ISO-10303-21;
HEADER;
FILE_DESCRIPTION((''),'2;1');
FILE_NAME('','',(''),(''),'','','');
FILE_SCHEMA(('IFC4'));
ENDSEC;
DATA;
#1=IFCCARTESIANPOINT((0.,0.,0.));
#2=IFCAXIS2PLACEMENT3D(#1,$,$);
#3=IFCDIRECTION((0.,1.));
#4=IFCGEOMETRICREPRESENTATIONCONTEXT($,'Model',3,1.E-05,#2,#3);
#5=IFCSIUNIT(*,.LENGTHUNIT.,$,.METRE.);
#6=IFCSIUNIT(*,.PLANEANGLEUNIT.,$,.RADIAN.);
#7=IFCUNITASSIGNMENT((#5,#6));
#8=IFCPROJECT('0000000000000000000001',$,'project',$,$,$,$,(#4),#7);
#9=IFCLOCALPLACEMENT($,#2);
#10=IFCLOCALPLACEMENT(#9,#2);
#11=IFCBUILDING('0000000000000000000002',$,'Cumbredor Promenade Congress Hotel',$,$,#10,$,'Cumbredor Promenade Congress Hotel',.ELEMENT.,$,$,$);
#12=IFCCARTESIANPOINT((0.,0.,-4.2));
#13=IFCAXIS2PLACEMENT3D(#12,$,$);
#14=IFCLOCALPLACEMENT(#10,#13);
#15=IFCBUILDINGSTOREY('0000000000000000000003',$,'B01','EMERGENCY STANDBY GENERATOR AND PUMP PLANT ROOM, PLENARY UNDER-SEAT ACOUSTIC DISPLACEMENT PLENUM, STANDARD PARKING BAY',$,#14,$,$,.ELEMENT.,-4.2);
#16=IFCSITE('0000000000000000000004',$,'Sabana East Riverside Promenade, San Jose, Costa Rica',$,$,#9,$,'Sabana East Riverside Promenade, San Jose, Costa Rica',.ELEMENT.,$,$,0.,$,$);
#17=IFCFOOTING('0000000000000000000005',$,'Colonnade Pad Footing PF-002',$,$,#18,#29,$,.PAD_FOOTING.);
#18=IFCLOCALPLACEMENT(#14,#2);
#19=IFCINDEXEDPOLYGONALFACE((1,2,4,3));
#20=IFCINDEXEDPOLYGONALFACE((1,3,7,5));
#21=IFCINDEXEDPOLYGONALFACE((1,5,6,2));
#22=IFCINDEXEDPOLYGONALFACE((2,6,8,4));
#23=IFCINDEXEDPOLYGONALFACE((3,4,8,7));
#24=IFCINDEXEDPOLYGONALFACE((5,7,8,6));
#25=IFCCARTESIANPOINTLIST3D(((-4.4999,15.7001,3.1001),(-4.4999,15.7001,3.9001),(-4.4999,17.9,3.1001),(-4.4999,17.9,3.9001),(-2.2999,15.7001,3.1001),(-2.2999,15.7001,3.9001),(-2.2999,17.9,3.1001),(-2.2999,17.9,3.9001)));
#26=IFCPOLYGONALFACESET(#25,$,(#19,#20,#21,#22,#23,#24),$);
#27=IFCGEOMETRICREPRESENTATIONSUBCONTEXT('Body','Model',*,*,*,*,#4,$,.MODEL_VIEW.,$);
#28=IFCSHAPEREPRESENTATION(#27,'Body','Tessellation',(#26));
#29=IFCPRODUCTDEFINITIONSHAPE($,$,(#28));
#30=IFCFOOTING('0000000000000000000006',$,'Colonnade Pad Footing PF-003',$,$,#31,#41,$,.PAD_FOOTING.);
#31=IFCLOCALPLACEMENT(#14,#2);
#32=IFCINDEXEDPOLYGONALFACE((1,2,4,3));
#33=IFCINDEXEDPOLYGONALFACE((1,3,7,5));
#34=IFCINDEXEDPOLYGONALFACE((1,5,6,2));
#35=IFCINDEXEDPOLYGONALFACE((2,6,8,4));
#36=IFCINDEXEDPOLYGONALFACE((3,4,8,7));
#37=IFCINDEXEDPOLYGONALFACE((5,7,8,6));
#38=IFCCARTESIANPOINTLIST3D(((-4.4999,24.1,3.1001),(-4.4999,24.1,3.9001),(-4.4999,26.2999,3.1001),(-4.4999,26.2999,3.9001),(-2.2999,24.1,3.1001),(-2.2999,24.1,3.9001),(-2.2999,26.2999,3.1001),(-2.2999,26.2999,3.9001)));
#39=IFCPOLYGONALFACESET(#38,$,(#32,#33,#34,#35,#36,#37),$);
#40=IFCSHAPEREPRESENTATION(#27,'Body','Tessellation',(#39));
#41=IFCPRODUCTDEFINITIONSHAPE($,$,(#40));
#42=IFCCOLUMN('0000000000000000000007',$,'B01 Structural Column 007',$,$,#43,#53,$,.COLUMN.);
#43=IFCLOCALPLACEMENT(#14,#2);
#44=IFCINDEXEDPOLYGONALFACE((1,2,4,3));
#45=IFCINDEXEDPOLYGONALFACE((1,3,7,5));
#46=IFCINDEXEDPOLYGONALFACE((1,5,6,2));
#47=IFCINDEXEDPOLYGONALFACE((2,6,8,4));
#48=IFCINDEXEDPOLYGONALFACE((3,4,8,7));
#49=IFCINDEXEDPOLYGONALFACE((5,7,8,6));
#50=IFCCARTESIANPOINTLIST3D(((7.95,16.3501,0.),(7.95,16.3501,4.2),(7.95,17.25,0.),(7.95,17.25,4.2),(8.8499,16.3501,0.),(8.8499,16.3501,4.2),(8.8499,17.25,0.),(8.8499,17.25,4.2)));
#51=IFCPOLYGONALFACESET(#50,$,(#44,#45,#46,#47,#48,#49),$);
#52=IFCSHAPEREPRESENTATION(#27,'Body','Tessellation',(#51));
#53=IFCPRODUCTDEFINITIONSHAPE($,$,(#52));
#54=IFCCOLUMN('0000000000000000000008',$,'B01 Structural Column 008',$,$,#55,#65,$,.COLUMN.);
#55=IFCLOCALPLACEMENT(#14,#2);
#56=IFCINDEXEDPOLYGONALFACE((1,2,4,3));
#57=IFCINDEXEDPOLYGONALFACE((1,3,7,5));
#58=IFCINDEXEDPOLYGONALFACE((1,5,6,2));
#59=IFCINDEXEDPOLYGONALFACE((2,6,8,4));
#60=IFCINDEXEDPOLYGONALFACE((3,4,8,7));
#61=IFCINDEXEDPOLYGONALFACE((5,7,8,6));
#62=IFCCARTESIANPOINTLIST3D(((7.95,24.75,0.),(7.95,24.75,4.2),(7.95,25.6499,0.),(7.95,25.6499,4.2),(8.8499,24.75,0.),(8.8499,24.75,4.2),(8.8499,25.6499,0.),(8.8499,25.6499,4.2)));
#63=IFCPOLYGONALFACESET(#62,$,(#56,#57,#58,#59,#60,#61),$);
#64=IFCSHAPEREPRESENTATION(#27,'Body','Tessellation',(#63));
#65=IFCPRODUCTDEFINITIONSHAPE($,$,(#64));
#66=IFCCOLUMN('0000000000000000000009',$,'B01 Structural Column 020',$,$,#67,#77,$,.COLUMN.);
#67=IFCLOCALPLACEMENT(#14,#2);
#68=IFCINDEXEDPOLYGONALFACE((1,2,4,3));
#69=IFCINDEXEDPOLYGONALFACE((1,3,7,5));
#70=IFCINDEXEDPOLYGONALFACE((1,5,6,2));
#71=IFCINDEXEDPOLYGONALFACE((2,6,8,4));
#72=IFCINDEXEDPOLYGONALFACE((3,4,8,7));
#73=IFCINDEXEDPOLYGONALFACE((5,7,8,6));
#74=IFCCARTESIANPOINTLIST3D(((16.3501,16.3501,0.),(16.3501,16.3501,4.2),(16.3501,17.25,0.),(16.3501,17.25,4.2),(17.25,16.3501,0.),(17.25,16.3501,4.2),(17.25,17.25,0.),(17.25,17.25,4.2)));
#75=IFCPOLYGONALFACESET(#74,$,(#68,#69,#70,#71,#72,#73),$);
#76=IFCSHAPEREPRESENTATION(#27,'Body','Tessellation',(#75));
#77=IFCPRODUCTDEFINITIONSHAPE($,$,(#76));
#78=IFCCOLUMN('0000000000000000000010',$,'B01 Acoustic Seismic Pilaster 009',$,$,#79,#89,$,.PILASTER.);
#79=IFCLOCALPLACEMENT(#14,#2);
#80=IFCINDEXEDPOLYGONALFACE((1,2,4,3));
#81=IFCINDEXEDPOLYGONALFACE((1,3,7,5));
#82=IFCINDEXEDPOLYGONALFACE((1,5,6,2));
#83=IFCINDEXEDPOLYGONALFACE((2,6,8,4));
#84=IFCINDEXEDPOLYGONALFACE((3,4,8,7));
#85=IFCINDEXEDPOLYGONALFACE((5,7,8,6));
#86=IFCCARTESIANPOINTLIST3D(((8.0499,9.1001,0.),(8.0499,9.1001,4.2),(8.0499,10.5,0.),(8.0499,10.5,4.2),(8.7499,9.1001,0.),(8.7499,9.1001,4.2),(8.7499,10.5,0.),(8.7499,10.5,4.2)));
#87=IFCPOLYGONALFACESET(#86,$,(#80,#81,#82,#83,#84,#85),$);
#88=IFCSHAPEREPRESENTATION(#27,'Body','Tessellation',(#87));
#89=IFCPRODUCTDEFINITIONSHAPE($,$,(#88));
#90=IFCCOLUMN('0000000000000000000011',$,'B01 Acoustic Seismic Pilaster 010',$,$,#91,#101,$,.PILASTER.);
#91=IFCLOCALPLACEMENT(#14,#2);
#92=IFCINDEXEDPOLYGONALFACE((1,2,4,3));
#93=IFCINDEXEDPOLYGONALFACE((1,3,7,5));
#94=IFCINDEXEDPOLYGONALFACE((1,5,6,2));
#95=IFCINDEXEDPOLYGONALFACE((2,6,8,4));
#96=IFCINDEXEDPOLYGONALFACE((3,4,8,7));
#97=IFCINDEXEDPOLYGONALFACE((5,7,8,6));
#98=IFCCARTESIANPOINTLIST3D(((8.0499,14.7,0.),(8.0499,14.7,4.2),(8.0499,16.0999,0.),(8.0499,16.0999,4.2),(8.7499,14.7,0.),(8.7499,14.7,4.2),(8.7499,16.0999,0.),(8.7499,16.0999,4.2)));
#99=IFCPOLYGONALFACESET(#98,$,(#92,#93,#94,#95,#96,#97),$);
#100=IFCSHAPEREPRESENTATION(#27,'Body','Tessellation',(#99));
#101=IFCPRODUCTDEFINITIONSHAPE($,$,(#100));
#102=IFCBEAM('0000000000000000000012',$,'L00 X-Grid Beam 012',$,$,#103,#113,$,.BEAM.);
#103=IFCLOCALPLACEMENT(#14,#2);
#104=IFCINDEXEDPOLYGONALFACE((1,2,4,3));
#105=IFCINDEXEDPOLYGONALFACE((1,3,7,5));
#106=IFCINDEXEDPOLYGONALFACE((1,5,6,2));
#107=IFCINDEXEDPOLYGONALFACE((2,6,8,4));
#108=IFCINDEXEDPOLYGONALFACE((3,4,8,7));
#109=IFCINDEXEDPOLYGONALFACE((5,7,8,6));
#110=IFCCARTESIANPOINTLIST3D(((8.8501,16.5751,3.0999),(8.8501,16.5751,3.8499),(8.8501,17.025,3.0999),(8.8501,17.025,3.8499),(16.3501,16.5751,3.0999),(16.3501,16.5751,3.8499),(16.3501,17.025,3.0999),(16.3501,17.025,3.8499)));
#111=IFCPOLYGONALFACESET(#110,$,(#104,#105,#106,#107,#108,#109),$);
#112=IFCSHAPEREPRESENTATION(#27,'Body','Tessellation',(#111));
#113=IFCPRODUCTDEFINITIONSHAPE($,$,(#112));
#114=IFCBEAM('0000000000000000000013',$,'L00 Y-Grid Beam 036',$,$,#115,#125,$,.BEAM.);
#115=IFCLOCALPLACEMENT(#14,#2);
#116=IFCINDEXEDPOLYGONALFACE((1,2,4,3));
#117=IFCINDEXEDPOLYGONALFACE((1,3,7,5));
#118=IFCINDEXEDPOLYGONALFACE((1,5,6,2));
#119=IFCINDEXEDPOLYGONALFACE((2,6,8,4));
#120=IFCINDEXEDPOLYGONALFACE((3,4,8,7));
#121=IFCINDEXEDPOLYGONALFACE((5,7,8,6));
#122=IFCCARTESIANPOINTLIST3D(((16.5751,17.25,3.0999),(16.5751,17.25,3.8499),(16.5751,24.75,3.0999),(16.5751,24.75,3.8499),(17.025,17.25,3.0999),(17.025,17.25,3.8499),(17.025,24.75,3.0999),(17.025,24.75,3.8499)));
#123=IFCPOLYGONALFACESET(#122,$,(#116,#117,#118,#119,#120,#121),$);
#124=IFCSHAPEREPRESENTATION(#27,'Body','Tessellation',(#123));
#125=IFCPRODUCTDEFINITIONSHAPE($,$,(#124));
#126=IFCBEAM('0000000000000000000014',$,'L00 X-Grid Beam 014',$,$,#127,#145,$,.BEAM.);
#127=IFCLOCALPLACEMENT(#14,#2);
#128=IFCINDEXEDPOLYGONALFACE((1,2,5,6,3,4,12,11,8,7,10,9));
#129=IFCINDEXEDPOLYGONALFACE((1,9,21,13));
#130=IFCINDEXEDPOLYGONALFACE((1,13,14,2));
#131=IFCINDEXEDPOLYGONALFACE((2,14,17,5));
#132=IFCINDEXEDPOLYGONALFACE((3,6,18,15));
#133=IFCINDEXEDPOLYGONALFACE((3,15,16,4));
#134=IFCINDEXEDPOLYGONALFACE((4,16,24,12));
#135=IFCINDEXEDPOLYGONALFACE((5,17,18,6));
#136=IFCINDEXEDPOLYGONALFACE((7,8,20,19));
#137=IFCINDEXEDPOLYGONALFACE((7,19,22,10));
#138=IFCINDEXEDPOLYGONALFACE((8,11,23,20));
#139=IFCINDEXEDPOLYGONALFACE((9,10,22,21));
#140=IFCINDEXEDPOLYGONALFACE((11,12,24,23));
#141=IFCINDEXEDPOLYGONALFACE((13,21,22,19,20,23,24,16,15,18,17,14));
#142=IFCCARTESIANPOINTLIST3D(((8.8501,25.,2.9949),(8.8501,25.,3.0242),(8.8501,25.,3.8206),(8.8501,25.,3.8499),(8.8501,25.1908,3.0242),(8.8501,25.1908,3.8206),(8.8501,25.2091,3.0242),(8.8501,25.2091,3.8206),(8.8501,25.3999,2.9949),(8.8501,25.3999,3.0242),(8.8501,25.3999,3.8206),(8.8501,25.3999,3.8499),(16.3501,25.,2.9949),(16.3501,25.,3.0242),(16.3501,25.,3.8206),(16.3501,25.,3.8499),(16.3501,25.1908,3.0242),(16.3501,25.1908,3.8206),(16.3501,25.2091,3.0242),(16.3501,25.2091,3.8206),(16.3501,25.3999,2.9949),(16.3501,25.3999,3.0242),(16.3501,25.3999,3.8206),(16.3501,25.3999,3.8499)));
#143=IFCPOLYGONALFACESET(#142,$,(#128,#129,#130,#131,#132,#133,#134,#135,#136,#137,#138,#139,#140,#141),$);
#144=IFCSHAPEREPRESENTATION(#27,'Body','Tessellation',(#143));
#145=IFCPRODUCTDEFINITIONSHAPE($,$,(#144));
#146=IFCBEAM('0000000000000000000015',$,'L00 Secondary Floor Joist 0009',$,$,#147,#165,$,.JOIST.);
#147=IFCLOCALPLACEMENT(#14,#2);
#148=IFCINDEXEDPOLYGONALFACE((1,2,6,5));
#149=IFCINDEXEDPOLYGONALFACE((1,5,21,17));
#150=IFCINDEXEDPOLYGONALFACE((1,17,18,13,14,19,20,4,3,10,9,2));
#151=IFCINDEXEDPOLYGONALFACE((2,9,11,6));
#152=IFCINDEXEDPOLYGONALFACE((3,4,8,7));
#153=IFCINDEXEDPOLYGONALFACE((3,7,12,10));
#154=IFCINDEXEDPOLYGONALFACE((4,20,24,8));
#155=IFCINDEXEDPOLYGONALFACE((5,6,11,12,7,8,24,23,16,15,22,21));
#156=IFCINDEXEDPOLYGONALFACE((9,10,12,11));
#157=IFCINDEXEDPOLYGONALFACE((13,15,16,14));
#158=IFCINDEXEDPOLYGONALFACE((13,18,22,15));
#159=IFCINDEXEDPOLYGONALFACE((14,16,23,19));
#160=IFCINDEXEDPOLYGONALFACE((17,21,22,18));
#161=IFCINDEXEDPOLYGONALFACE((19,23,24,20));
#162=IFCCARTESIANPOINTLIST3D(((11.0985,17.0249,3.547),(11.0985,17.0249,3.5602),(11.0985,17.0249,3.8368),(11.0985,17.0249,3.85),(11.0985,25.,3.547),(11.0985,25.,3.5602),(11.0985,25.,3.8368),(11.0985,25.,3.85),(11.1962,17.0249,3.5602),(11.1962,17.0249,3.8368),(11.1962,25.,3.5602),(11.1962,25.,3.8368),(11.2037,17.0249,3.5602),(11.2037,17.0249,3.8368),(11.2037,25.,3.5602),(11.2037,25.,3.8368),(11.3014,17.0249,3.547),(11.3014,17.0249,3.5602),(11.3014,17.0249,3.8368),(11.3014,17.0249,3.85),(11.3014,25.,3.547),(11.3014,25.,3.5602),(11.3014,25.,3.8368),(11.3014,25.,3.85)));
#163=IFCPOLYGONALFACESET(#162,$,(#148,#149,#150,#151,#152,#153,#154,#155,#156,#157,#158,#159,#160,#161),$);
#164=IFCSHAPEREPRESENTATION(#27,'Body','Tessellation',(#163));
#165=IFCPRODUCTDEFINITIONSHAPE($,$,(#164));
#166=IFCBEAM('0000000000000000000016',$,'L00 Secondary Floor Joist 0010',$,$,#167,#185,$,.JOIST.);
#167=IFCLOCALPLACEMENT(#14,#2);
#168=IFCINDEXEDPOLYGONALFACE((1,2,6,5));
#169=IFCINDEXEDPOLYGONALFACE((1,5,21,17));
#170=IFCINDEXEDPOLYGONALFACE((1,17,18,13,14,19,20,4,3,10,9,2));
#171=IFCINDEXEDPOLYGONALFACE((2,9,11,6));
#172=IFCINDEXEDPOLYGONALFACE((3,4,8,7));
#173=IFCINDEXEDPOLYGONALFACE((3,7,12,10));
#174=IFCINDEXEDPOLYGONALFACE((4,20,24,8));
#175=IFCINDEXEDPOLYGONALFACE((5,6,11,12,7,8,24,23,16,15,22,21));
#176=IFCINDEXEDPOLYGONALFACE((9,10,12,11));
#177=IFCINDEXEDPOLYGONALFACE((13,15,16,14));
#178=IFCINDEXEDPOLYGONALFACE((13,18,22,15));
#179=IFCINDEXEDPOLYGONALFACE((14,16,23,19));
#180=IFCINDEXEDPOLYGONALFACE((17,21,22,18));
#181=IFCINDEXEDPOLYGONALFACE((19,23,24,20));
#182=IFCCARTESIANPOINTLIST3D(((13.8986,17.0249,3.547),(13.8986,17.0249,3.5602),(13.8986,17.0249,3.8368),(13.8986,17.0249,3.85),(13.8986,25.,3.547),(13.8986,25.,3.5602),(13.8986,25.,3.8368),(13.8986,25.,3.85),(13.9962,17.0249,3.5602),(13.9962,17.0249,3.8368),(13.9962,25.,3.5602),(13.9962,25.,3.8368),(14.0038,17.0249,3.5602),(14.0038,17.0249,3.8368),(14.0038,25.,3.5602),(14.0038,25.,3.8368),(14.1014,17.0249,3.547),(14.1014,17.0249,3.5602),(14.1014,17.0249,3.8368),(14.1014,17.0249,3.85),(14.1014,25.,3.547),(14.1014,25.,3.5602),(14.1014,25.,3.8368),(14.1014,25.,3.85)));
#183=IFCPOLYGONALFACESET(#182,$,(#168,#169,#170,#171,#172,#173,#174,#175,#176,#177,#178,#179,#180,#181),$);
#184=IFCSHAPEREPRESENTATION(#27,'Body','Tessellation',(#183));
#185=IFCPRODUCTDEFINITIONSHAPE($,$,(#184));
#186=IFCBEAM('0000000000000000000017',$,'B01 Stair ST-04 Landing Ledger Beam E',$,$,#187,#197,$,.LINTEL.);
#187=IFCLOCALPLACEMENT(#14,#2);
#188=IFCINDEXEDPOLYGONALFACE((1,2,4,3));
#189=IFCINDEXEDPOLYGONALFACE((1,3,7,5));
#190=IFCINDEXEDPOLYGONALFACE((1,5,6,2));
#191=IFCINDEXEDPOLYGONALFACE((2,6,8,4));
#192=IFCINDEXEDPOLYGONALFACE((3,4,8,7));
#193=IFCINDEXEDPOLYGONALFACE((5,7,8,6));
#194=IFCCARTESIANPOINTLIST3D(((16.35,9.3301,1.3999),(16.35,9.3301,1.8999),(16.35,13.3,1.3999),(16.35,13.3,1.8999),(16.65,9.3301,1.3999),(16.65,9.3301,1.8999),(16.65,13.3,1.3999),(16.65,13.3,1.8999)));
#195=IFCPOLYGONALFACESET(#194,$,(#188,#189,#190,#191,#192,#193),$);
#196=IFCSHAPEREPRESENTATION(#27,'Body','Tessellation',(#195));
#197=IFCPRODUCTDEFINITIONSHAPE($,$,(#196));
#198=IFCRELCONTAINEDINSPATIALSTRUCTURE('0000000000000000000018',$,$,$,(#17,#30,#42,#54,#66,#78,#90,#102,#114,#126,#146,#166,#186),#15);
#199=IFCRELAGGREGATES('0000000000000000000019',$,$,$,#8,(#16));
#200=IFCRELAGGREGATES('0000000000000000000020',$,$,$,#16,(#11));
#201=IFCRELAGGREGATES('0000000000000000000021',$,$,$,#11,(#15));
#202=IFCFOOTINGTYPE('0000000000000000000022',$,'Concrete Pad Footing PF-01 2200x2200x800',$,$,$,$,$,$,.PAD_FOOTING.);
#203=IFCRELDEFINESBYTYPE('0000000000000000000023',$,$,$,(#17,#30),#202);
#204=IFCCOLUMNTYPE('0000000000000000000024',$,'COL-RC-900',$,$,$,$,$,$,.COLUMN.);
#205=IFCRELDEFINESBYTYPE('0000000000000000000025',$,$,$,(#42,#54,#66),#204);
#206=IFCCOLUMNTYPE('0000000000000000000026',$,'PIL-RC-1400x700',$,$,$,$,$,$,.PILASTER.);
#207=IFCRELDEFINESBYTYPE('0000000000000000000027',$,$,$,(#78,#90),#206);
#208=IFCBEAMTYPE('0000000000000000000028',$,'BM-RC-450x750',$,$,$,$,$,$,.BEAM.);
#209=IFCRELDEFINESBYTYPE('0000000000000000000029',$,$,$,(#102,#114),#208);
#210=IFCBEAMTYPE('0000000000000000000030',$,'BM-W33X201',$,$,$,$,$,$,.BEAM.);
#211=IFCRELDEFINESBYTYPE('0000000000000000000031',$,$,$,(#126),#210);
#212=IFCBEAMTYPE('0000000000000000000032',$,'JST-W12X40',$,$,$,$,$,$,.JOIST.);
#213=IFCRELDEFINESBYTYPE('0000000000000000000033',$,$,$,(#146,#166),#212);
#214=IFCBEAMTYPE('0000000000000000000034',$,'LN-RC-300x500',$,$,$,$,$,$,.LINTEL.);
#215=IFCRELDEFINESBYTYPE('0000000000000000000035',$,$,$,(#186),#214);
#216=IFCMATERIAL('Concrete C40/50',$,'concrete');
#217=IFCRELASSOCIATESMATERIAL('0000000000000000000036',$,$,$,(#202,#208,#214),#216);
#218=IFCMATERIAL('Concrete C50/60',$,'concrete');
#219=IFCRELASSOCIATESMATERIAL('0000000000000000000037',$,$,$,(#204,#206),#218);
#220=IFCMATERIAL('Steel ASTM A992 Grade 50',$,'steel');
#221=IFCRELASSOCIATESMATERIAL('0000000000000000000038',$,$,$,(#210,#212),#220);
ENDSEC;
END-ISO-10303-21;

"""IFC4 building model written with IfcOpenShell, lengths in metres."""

from ifc_helpers import new_model, si_unit, direction, frame, origin, origin_2d, place, context, subcontext, project, spatial, rectangle, i_section, extrude, material, material_profile, profile_set, type_object, element, save


model = new_model("IFC4")

# Units and contexts
model_context = context("Model", 3, precision=1e-05, world=origin(), true_north=direction((0.0, 1.0)))
body_context = subcontext(model_context, "Body", "Model", "MODEL_VIEW")
ifc_project = project(units=[si_unit("LENGTHUNIT", "METRE"), si_unit("PLANEANGLEUNIT", "RADIAN")], contexts=[model_context])

# Site, building, storey
site_placement = place(None, origin())
site = spatial("IfcSite", under=ifc_project, at=site_placement, Name="Sabana East Riverside Promenade, San Jose, Costa Rica", LongName="Sabana East Riverside Promenade, San Jose, Costa Rica", CompositionType="ELEMENT", RefElevation=0.0)
building_placement = place(site_placement, origin())
building = spatial("IfcBuilding", under=site, at=building_placement, Name="Cumbredor Promenade Congress Hotel", LongName="Cumbredor Promenade Congress Hotel", CompositionType="ELEMENT")
storey_placement = place(building_placement, frame((0.0, 0.0, -4.2)))
storey = spatial("IfcBuildingStorey", under=building, at=storey_placement, Name="B01", Description="EMERGENCY STANDBY GENERATOR AND PUMP PLANT ROOM, PLENARY UNDER-SEAT ACOUSTIC DISPLACEMENT PLENUM, STANDARD PARKING BAY", CompositionType="ELEMENT", Elevation=-4.2)

# Footings
ifc_material_1 = material(Name="Concrete C40/50", Category="concrete")
footing_type = type_object("IfcFootingType", Name="Concrete Pad Footing PF-01 2200x2200x800", PredefinedType="PAD_FOOTING", material=ifc_material_1)
for number, where, z_axis, x_axis, name in (
    (1, (-3.3999, 16.8, 3.1001), (0.0, 0.0, 1.0), (1.0, 0.0, 0.0), "Colonnade Pad Footing PF-002"),
    (2, (-3.3999, 25.2, 3.1001), (0.0, 0.0, 1.0), (1.0, 0.0, 0.0), "Colonnade Pad Footing PF-003"),
):
    element("IfcFooting", number, at=place(storey_placement, frame(where, z_axis=z_axis, x_axis=x_axis)), inside=storey, type_object=footing_type, Name=name, PredefinedType="PAD_FOOTING", context=body_context, shape_type="SweptSolid", body=[
        extrude(rectangle(XDim=2.2, YDim=2.2, at=origin_2d()), origin(), (0.0, 0.0, 1.0), 0.8),
    ])

# Columns
ifc_material_2 = material(Name="Concrete C50/60", Category="concrete")
ifc_material_profile_1 = material_profile(ifc_material_2, rectangle(XDim=0.8999, YDim=0.8999, at=origin_2d()), Name="RC 900x900")
ifc_profile_set_1 = profile_set([ifc_material_profile_1], Name="Concrete C50/60")
column_type_1 = type_object("IfcColumnType", Name="COL-RC-900", PredefinedType="COLUMN", material=ifc_profile_set_1)
for number, where, z_axis, x_axis, name in (
    (3, (8.3999, 16.8, 0.0), (0.0, 0.0, 1.0), (1.0, 0.0, 0.0), "B01 Structural Column 007"),
    (4, (8.3999, 25.2, 0.0), (0.0, 0.0, 1.0), (1.0, 0.0, 0.0), "B01 Structural Column 008"),
    (5, (16.8, 16.8, 0.0), (0.0, 0.0, 1.0), (1.0, 0.0, 0.0), "B01 Structural Column 020"),
):
    element("IfcColumn", number, at=place(storey_placement, frame(where, z_axis=z_axis, x_axis=x_axis)), inside=storey, type_object=column_type_1, Name=name, PredefinedType="COLUMN", context=body_context, shape_type="SweptSolid", body=[
        extrude(rectangle(XDim=0.8999, YDim=0.8999, at=origin_2d()), origin(), (0.0, 0.0, 1.0), 4.2),
    ])
ifc_material_profile_2 = material_profile(ifc_material_2, rectangle(XDim=0.7, YDim=1.3999, at=origin_2d()), Name="RC PILASTER 1400x700")
ifc_profile_set_2 = profile_set([ifc_material_profile_2], Name="Concrete C50/60")
column_type_2 = type_object("IfcColumnType", Name="PIL-RC-1400x700", PredefinedType="PILASTER", material=ifc_profile_set_2)
for number, where, z_axis, x_axis, name in (
    (6, (8.3999, 9.8, 0.0), (0.0, 0.0, 1.0), (1.0, 0.0, 0.0), "B01 Acoustic Seismic Pilaster 009"),
    (7, (8.3999, 15.3999, 0.0), (0.0, 0.0, 1.0), (1.0, 0.0, 0.0), "B01 Acoustic Seismic Pilaster 010"),
):
    element("IfcColumn", number, at=place(storey_placement, frame(where, z_axis=z_axis, x_axis=x_axis)), inside=storey, type_object=column_type_2, Name=name, PredefinedType="PILASTER", context=body_context, shape_type="SweptSolid", body=[
        extrude(rectangle(XDim=0.7, YDim=1.3999, at=origin_2d()), origin(), (0.0, 0.0, 1.0), 4.2),
    ])

# Beams
ifc_material_profile_3 = material_profile(ifc_material_1, rectangle(XDim=0.45, YDim=0.75, at=origin_2d()), Name="RC BEAM 450x750")
ifc_profile_set_3 = profile_set([ifc_material_profile_3], Name="Concrete C40/50")
beam_type_1 = type_object("IfcBeamType", Name="BM-RC-450x750", PredefinedType="BEAM", material=ifc_profile_set_3)
for number, where, z_axis, x_axis, name in (
    (8, (8.8501, 16.8, 3.4749), (1.0, 0.0, 0.0), (0.0, 1.0, 0.0), "L00 X-Grid Beam 012"),
    (9, (16.8, 17.25, 3.4749), (0.0, 1.0, 0.0), (-1.0, 0.0, 0.0), "L00 Y-Grid Beam 036"),
):
    element("IfcBeam", number, at=place(storey_placement, frame(where, z_axis=z_axis, x_axis=x_axis)), inside=storey, type_object=beam_type_1, Name=name, PredefinedType="BEAM", context=body_context, shape_type="SweptSolid", body=[
        extrude(rectangle(XDim=0.45, YDim=0.75, at=origin_2d()), origin(), (0.0, 0.0, 1.0), 7.5),
    ])
ifc_material_3 = material(Name="Steel ASTM A992 Grade 50", Category="steel")
ifc_material_profile_4 = material_profile(ifc_material_3, i_section(OverallWidth=0.3999, OverallDepth=0.855, WebThickness=0.0183, FlangeThickness=0.0293, at=origin_2d()), Name="W33X201")
ifc_profile_set_4 = profile_set([ifc_material_profile_4], Name="Steel ASTM A992 Grade 50")
beam_type_2 = type_object("IfcBeamType", Name="BM-W33X201", PredefinedType="BEAM", material=ifc_profile_set_4)
beam_1_placement = place(storey_placement, frame((8.8501, 25.2, 3.4224), z_axis=(1.0, 0.0, 0.0), x_axis=(0.0, 1.0, 0.0)))
element("IfcBeam", 10, at=beam_1_placement, inside=storey, type_object=beam_type_2, Name="L00 X-Grid Beam 014", PredefinedType="BEAM", context=body_context, shape_type="SweptSolid", body=[
    extrude(i_section(OverallWidth=0.3999, OverallDepth=0.855, WebThickness=0.0183, FlangeThickness=0.0293, at=origin_2d()), origin(), (0.0, 0.0, 1.0), 7.5),
])
ifc_material_profile_5 = material_profile(ifc_material_3, i_section(OverallWidth=0.2029, OverallDepth=0.303, WebThickness=0.0076, FlangeThickness=0.0132, at=origin_2d()), Name="W12X40")
ifc_profile_set_5 = profile_set([ifc_material_profile_5], Name="Steel ASTM A992 Grade 50")
beam_type_3 = type_object("IfcBeamType", Name="JST-W12X40", PredefinedType="JOIST", material=ifc_profile_set_5)
for number, where, z_axis, x_axis, name in (
    (11, (11.2, 17.0249, 3.6985), (0.0, 1.0, 0.0), (-1.0, 0.0, 0.0), "L00 Secondary Floor Joist 0009"),
    (12, (14.0, 17.0249, 3.6985), (0.0, 1.0, 0.0), (-1.0, 0.0, 0.0), "L00 Secondary Floor Joist 0010"),
):
    element("IfcBeam", number, at=place(storey_placement, frame(where, z_axis=z_axis, x_axis=x_axis)), inside=storey, type_object=beam_type_3, Name=name, PredefinedType="JOIST", context=body_context, shape_type="SweptSolid", body=[
        extrude(i_section(OverallWidth=0.2029, OverallDepth=0.303, WebThickness=0.0076, FlangeThickness=0.0132, at=origin_2d()), origin(), (0.0, 0.0, 1.0), 7.9751),
    ])
ifc_material_profile_6 = material_profile(ifc_material_1, rectangle(XDim=0.3, YDim=0.5, at=origin_2d()), Name="RC LINTEL 300x500")
ifc_profile_set_6 = profile_set([ifc_material_profile_6], Name="Concrete C40/50")
beam_type_4 = type_object("IfcBeamType", Name="LN-RC-300x500", PredefinedType="LINTEL", material=ifc_profile_set_6)
for number, where, z_axis, x_axis, name in (
    (13, (16.5, 9.3301, 1.6499), (0.0, 1.0, 0.0), (-1.0, 0.0, 0.0), "B01 Stair ST-04 Landing Ledger Beam E"),
):
    element("IfcBeam", number, at=place(storey_placement, frame(where, z_axis=z_axis, x_axis=x_axis)), inside=storey, type_object=beam_type_4, Name=name, PredefinedType="LINTEL", context=body_context, shape_type="SweptSolid", body=[
        extrude(rectangle(XDim=0.3, YDim=0.5, at=origin_2d()), origin(), (0.0, 0.0, 1.0), 3.97),
    ])

save(model, "model.ifc")
